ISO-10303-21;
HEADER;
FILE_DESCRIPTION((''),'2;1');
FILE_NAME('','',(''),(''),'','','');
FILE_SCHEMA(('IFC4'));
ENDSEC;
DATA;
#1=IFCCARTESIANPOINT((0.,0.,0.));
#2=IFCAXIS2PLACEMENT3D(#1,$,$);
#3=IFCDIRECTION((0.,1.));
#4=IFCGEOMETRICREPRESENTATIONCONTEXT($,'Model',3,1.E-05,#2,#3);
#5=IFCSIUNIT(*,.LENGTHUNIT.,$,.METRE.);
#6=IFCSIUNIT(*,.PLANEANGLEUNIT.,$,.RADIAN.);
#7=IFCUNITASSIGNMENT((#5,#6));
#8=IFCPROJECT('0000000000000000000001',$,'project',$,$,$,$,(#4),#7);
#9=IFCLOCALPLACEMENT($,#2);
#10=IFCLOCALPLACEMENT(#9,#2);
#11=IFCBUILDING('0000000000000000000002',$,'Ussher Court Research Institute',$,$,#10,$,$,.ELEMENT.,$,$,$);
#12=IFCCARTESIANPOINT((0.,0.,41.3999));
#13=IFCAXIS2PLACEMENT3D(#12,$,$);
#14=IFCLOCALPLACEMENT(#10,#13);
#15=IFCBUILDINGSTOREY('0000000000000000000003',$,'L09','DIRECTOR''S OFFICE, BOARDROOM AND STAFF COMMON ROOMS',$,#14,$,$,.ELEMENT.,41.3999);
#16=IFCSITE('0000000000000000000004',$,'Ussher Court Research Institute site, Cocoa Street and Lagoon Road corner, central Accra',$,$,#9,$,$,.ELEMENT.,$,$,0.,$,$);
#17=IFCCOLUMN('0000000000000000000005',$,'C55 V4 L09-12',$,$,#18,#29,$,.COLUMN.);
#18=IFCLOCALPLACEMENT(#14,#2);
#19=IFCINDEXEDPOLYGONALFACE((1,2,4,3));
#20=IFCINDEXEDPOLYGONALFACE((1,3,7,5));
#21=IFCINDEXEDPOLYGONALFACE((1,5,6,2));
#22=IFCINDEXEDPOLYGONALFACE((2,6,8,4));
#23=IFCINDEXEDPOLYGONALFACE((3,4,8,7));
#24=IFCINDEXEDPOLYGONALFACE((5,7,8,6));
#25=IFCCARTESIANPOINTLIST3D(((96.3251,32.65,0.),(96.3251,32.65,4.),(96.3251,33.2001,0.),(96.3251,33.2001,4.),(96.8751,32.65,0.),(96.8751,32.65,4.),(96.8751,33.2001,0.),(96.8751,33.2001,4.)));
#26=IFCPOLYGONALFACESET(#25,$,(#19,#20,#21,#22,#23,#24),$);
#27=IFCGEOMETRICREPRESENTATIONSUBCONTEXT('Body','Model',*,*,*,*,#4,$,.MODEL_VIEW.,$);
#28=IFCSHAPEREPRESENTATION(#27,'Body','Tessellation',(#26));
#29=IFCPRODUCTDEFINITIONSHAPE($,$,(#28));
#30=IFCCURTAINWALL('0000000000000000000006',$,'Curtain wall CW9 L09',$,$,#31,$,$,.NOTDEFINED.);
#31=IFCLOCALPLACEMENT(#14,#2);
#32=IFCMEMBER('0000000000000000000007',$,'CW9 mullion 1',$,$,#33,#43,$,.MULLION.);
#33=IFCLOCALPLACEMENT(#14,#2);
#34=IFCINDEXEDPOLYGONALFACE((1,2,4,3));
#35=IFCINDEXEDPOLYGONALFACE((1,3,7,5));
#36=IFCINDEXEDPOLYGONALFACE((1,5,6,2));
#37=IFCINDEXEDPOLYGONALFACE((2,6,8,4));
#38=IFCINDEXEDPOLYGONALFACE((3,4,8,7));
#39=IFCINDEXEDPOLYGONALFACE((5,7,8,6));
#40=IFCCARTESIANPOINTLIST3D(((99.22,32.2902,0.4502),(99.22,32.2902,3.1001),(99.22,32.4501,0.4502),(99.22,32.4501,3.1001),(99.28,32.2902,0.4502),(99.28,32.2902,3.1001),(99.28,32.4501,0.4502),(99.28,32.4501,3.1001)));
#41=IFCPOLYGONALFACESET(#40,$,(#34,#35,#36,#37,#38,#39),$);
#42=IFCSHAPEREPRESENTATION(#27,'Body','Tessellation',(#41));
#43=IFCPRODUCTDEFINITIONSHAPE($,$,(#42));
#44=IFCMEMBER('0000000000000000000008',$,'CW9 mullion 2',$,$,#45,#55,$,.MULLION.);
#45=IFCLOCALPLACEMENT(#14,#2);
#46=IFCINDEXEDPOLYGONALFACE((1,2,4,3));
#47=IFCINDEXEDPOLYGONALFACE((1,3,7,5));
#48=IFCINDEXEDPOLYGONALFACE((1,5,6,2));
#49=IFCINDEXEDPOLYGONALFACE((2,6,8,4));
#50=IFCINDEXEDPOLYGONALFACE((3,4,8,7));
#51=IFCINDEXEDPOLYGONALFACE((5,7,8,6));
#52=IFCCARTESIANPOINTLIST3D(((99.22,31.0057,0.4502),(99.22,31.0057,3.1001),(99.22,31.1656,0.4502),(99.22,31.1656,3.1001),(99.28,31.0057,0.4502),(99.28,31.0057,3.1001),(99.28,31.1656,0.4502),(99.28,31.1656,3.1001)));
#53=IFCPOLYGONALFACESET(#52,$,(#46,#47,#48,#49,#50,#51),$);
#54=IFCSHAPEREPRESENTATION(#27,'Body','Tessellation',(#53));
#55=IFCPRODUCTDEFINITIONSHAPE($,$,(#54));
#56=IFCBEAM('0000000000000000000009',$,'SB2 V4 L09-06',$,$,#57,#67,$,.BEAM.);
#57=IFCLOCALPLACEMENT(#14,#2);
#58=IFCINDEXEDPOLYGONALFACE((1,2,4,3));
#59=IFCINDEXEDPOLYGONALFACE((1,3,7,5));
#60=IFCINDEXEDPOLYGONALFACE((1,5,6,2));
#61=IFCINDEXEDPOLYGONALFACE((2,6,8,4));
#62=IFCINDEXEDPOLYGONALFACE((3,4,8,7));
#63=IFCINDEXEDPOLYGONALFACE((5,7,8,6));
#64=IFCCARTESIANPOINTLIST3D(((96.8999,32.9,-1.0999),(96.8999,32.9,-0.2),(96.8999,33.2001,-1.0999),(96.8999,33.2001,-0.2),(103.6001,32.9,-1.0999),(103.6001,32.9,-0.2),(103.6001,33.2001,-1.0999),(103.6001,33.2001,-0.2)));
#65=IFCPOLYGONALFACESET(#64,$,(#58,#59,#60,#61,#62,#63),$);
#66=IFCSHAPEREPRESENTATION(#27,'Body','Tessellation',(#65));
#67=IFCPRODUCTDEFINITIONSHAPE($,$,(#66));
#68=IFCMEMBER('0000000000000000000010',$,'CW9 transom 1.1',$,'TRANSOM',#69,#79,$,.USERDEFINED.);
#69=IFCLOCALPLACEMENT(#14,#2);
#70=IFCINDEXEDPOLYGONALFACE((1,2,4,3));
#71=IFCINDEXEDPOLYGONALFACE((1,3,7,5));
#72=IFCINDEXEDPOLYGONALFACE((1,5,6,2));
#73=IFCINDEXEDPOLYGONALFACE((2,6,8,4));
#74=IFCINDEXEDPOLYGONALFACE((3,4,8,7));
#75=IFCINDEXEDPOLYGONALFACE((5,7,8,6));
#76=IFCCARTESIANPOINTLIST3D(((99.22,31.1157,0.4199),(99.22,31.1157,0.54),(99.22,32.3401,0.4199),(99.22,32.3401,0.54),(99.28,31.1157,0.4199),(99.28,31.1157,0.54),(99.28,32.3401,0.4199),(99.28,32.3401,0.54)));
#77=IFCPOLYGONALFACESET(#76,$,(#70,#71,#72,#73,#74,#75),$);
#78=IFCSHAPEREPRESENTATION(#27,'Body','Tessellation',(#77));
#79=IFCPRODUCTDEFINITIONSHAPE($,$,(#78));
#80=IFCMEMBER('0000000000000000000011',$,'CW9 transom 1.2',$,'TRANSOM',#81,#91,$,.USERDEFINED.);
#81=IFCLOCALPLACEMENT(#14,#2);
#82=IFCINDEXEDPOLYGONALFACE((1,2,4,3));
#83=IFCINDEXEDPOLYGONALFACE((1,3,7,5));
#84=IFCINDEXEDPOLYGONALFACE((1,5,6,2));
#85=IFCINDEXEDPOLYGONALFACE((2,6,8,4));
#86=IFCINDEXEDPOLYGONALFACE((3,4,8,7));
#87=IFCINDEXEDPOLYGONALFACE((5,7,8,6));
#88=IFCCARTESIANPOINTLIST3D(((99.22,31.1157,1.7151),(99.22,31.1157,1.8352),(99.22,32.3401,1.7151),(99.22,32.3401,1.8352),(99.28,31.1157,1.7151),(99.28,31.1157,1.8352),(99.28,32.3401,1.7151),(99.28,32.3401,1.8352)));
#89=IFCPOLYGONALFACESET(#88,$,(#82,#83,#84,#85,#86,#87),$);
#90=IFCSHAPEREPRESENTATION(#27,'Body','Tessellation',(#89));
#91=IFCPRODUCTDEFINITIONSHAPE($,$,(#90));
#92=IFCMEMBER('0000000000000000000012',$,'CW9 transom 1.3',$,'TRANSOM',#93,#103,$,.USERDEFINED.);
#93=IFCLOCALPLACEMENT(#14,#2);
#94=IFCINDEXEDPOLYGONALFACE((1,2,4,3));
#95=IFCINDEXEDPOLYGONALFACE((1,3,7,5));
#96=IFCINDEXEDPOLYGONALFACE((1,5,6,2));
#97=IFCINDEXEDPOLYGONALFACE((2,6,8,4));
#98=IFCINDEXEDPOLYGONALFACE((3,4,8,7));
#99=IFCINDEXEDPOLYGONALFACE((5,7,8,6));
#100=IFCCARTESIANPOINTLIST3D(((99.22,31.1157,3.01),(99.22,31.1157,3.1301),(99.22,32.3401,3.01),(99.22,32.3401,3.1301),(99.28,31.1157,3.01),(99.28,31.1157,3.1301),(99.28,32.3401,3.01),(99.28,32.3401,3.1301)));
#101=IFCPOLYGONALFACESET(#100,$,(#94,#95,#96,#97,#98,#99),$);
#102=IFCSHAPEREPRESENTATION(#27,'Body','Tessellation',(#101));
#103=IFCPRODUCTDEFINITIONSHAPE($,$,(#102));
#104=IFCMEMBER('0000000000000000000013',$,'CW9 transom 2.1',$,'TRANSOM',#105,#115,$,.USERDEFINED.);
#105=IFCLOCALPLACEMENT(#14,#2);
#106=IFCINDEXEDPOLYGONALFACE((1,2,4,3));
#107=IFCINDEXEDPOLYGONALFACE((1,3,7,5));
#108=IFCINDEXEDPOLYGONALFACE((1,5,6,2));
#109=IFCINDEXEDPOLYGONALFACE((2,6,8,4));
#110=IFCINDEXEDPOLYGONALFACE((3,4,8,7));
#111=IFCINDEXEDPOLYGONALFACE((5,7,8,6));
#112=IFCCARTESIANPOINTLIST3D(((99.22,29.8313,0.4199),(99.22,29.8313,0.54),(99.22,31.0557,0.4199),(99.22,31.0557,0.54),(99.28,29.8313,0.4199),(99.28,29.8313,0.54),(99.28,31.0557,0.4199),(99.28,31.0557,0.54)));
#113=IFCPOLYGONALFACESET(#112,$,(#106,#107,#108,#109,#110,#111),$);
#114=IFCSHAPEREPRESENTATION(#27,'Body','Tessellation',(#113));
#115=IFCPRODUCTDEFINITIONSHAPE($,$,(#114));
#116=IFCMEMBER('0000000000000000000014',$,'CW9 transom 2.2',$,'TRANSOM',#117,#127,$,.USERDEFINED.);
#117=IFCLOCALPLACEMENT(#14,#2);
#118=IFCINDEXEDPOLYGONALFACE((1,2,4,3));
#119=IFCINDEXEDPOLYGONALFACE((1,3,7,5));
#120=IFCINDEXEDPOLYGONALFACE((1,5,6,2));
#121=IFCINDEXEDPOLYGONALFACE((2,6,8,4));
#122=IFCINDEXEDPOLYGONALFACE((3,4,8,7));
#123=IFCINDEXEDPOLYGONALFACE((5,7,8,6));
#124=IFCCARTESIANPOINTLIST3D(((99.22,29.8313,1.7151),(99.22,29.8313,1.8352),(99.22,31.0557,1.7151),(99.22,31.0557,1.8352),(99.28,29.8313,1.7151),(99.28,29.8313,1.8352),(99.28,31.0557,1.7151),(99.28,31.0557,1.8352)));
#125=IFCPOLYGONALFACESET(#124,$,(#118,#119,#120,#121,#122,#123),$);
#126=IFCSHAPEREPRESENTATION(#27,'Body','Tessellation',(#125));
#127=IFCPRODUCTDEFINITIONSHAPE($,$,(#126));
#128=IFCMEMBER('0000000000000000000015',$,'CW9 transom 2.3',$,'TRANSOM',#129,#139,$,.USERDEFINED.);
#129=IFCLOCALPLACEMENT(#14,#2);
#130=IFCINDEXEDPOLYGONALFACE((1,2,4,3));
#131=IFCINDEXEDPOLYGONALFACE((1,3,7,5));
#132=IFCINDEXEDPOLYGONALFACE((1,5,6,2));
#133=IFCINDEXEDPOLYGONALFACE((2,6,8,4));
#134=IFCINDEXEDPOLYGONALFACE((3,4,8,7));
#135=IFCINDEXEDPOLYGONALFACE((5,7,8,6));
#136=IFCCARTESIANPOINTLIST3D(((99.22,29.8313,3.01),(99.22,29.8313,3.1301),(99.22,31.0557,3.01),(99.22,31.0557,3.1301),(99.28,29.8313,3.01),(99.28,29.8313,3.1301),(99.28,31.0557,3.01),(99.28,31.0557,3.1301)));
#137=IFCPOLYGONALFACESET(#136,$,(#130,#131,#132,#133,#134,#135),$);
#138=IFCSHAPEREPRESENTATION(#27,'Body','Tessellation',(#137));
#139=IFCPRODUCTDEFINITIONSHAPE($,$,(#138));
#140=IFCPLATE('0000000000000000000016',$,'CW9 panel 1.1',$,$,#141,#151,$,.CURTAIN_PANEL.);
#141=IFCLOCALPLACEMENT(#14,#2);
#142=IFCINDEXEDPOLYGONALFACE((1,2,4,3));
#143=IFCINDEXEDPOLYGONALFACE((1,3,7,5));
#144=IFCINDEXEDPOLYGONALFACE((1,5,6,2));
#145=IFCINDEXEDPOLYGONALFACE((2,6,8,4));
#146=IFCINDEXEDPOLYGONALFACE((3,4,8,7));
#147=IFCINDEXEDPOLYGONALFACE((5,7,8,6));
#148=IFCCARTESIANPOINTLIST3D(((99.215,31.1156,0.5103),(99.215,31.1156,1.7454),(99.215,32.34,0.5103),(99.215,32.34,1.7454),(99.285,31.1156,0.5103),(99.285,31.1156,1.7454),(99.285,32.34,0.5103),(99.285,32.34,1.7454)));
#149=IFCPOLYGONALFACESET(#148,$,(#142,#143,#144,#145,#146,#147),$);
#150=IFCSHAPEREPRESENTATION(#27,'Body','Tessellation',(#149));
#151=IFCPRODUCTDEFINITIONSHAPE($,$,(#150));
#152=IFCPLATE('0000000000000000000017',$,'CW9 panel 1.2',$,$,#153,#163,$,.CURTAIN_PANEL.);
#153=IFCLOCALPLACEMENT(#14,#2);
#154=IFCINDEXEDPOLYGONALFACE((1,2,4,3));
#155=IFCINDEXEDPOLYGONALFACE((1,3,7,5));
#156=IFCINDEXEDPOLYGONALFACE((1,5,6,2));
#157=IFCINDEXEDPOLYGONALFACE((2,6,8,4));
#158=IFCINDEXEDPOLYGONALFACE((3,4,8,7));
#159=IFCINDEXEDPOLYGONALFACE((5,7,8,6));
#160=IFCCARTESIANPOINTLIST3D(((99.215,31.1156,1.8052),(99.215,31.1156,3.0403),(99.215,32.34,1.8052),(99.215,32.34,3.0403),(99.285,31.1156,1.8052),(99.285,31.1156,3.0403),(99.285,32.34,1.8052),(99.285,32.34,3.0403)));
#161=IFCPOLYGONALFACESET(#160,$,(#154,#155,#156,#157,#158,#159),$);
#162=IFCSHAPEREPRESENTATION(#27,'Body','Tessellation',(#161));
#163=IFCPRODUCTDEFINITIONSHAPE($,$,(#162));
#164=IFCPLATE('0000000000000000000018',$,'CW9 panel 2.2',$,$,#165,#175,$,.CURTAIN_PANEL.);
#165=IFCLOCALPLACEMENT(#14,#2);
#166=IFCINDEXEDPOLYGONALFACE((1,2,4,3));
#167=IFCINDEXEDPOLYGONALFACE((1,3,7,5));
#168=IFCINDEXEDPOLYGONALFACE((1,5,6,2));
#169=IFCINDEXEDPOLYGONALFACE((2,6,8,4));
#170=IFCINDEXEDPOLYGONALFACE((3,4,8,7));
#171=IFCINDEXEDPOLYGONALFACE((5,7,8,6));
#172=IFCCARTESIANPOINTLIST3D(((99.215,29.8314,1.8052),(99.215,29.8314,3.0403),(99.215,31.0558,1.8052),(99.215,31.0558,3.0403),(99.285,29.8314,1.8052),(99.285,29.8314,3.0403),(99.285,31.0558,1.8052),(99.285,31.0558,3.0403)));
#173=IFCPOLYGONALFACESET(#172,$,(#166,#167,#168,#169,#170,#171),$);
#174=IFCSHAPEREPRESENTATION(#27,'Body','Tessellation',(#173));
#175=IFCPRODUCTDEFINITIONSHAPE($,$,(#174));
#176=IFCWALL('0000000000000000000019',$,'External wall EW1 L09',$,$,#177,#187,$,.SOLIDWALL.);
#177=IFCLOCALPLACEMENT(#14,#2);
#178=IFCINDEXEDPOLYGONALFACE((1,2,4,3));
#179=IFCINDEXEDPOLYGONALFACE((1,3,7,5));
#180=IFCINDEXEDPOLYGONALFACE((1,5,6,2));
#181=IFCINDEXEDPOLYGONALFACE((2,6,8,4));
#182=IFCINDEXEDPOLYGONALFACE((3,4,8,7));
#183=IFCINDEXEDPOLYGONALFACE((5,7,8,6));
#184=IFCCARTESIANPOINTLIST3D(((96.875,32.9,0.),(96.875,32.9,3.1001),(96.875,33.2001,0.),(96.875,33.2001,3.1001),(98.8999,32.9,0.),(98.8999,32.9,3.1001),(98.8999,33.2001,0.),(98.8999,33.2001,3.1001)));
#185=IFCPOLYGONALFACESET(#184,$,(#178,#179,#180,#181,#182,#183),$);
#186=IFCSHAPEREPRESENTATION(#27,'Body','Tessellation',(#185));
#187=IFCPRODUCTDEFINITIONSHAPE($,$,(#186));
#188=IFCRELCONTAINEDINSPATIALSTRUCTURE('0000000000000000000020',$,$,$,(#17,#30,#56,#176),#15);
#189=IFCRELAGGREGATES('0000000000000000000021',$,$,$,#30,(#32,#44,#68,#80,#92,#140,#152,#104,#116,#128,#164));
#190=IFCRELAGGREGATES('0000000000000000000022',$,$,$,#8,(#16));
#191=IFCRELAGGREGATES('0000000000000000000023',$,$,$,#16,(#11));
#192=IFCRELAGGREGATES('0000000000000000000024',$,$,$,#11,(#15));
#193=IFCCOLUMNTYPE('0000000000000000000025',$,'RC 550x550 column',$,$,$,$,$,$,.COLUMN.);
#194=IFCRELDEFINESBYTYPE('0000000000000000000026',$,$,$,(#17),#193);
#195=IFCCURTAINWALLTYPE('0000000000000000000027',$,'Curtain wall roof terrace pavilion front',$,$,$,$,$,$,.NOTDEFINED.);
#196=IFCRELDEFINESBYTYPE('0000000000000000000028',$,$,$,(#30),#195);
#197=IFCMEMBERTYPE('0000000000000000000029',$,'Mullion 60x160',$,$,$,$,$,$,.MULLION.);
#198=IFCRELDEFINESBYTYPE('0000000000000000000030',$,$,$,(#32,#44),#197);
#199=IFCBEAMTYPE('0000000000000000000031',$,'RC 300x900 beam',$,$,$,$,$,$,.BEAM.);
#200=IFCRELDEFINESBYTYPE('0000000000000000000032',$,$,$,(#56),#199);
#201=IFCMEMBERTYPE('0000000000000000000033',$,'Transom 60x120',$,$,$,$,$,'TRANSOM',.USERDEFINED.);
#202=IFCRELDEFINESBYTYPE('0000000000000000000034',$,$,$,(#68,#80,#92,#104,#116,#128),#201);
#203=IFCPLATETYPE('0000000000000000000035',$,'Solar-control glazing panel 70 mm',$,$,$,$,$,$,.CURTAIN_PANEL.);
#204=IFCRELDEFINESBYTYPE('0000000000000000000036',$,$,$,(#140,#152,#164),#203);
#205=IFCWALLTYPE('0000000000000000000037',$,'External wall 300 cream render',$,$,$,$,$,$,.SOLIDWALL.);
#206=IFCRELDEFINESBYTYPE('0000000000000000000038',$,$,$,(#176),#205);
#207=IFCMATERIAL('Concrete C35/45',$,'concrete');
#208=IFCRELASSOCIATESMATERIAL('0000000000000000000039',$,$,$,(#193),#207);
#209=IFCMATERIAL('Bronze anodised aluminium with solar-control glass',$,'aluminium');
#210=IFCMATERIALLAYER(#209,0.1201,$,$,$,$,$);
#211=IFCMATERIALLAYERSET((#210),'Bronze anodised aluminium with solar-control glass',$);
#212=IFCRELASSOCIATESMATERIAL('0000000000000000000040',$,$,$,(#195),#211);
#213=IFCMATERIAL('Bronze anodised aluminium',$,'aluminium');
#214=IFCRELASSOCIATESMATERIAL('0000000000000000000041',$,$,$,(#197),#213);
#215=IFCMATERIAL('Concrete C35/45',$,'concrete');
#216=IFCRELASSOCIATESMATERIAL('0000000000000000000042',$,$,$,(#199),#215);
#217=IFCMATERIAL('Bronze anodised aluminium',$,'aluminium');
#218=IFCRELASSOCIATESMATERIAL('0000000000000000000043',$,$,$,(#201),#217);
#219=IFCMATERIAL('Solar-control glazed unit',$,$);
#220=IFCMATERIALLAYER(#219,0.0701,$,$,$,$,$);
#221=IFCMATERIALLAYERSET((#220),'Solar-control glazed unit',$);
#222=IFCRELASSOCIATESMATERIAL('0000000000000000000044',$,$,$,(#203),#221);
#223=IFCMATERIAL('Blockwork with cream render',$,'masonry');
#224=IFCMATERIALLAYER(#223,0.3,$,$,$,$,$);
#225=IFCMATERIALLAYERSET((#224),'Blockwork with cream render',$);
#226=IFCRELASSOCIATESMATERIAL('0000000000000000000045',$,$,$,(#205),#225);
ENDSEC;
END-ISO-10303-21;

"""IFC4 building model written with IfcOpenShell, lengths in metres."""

from ifc_helpers import new_model, si_unit, direction, frame, frame_2d, origin, origin_2d, place, context, subcontext, project, spatial, rectangle, extrude, material, layer, layer_set, material_profile, profile_set, type_object, element, aggregate, save


model = new_model("IFC4")

# Units and contexts
model_context = context("Model", 3, precision=1e-05, world=origin(), true_north=direction((0.0, 1.0)))
body_context = subcontext(model_context, "Body", "Model", "MODEL_VIEW")
ifc_project = project(units=[si_unit("LENGTHUNIT", "METRE"), si_unit("PLANEANGLEUNIT", "RADIAN")], contexts=[model_context])

# Site, building, storey
site_placement = place(None, origin())
site = spatial("IfcSite", under=ifc_project, at=site_placement, Name="Ussher Court Research Institute site, Cocoa Street and Lagoon Road corner, central Accra", CompositionType="ELEMENT", RefElevation=0.0)
building_placement = place(site_placement, origin())
building = spatial("IfcBuilding", under=site, at=building_placement, Name="Ussher Court Research Institute", CompositionType="ELEMENT")
storey_placement = place(building_placement, frame((0.0, 0.0, 41.3999)))
storey = spatial("IfcBuildingStorey", under=building, at=storey_placement, Name="L09", Description="DIRECTOR'S OFFICE, BOARDROOM AND STAFF COMMON ROOMS", CompositionType="ELEMENT", Elevation=41.3999)

# Column
ifc_material_1 = material(Name="Concrete C35/45", Category="concrete")
ifc_material_profile_1 = material_profile(ifc_material_1, rectangle(XDim=0.55, YDim=0.55, at=origin_2d()), Name="RC 550x550")
ifc_profile_set_1 = profile_set([ifc_material_profile_1], Name="Concrete C35/45")
column_type = type_object("IfcColumnType", Name="RC 550x550 column", PredefinedType="COLUMN", material=ifc_profile_set_1)
column_placement = place(storey_placement, frame((96.6001, 32.925, 0.0), z_axis=(0.0, 0.0, 1.0), x_axis=(1.0, 0.0, 0.0)))
element("IfcColumn", 1, at=column_placement, inside=storey, type_object=column_type, Name="C55 V4 L09-12", PredefinedType="COLUMN", context=body_context, shape_type="SweptSolid", body=[
    extrude(rectangle(XDim=0.55, YDim=0.55, at=origin_2d()), origin(), (0.0, 0.0, 1.0), 4.0),
])

# Curtain wall, members
ifc_material_2 = material(Name="Bronze anodised aluminium with solar-control glass", Category="aluminium")
ifc_layer_1 = layer(ifc_material_2, 0.1201)
ifc_layer_set_1 = layer_set([ifc_layer_1], Name="Bronze anodised aluminium with solar-control glass")
curtain_wall_type = type_object("IfcCurtainWallType", Name="Curtain wall roof terrace pavilion front", PredefinedType="NOTDEFINED", material=ifc_layer_set_1)
curtain_wall_placement = place(storey_placement, origin())
curtain_wall = element("IfcCurtainWall", 2, at=curtain_wall_placement, inside=storey, type_object=curtain_wall_type, Name="Curtain wall CW9 L09", PredefinedType="NOTDEFINED")
ifc_material_3 = material(Name="Bronze anodised aluminium", Category="aluminium")
ifc_material_profile_2 = material_profile(ifc_material_3, rectangle(XDim=0.0601, YDim=0.1599, at=origin_2d()), Name="Mullion 60x160")
ifc_profile_set_2 = profile_set([ifc_material_profile_2], Name="Bronze anodised aluminium")
member_type_1 = type_object("IfcMemberType", Name="Mullion 60x160", PredefinedType="MULLION", material=ifc_profile_set_2)
member_1_placement = place(storey_placement, frame((99.25, 32.3701, 0.4502), z_axis=(0.0, 0.0, 1.0), x_axis=(1.0, 0.0, 0.0)))
member_1 = element("IfcMember", 3, at=member_1_placement, type_object=member_type_1, Name="CW9 mullion 1", PredefinedType="MULLION", context=body_context, shape_type="SweptSolid", body=[
    extrude(rectangle(XDim=0.0601, YDim=0.1599, at=origin_2d()), origin(), (0.0, 0.0, 1.0), 2.6499),
])
member_2_placement = place(storey_placement, frame((99.25, 31.0857, 0.4502), z_axis=(0.0, 0.0, 1.0), x_axis=(1.0, 0.0, 0.0)))
member_2 = element("IfcMember", 4, at=member_2_placement, type_object=member_type_1, Name="CW9 mullion 2", PredefinedType="MULLION", context=body_context, shape_type="SweptSolid", body=[
    extrude(rectangle(XDim=0.0601, YDim=0.1599, at=origin_2d()), origin(), (0.0, 0.0, 1.0), 2.6499),
])

# Beam
ifc_material_4 = material(Name="Concrete C35/45", Category="concrete")
ifc_material_profile_3 = material_profile(ifc_material_4, rectangle(XDim=0.3, YDim=0.8999, at=origin_2d()), Name="RC 300x900")
ifc_profile_set_3 = profile_set([ifc_material_profile_3], Name="Concrete C35/45")
beam_type = type_object("IfcBeamType", Name="RC 300x900 beam", PredefinedType="BEAM", material=ifc_profile_set_3)
beam_placement = place(storey_placement, frame((96.8999, 33.05, -0.6499), z_axis=(1.0, 0.0, 0.0), x_axis=(0.0, 1.0, 0.0)))
element("IfcBeam", 5, at=beam_placement, inside=storey, type_object=beam_type, Name="SB2 V4 L09-06", PredefinedType="BEAM", context=body_context, shape_type="SweptSolid", body=[
    extrude(rectangle(XDim=0.3, YDim=0.8999, at=origin_2d()), origin(), (0.0, 0.0, 1.0), 6.7002),
])

# Members
ifc_material_5 = material(Name="Bronze anodised aluminium", Category="aluminium")
ifc_material_profile_4 = material_profile(ifc_material_5, rectangle(XDim=0.0601, YDim=0.1201, at=origin_2d()), Name="Transom 60x120")
ifc_profile_set_4 = profile_set([ifc_material_profile_4], Name="Bronze anodised aluminium")
member_type_2 = type_object("IfcMemberType", Name="Transom 60x120", ElementType="TRANSOM", PredefinedType="USERDEFINED", material=ifc_profile_set_4)
member_3_placement = place(storey_placement, frame((99.25, 32.3401, 0.48), z_axis=(0.0, -1.0, 0.0), x_axis=(1.0, 0.0, 0.0)))
member_3 = element("IfcMember", 6, at=member_3_placement, type_object=member_type_2, Name="CW9 transom 1.1", ObjectType="TRANSOM", PredefinedType="USERDEFINED", context=body_context, shape_type="SweptSolid", body=[
    extrude(rectangle(XDim=0.0601, YDim=0.1201, at=origin_2d()), origin(), (0.0, 0.0, 1.0), 1.2244),
])
member_4_placement = place(storey_placement, frame((99.25, 32.3401, 1.7751), z_axis=(0.0, -1.0, 0.0), x_axis=(1.0, 0.0, 0.0)))
member_4 = element("IfcMember", 7, at=member_4_placement, type_object=member_type_2, Name="CW9 transom 1.2", ObjectType="TRANSOM", PredefinedType="USERDEFINED", context=body_context, shape_type="SweptSolid", body=[
    extrude(rectangle(XDim=0.0601, YDim=0.1201, at=origin_2d()), origin(), (0.0, 0.0, 1.0), 1.2244),
])
member_5_placement = place(storey_placement, frame((99.25, 32.3401, 3.0701), z_axis=(0.0, -1.0, 0.0), x_axis=(1.0, 0.0, 0.0)))
member_5 = element("IfcMember", 8, at=member_5_placement, type_object=member_type_2, Name="CW9 transom 1.3", ObjectType="TRANSOM", PredefinedType="USERDEFINED", context=body_context, shape_type="SweptSolid", body=[
    extrude(rectangle(XDim=0.0601, YDim=0.1201, at=origin_2d()), origin(), (0.0, 0.0, 1.0), 1.2244),
])
member_6_placement = place(storey_placement, frame((99.25, 31.0557, 0.48), z_axis=(0.0, -1.0, 0.0), x_axis=(1.0, 0.0, 0.0)))
member_6 = element("IfcMember", 9, at=member_6_placement, type_object=member_type_2, Name="CW9 transom 2.1", ObjectType="TRANSOM", PredefinedType="USERDEFINED", context=body_context, shape_type="SweptSolid", body=[
    extrude(rectangle(XDim=0.0601, YDim=0.1201, at=origin_2d()), origin(), (0.0, 0.0, 1.0), 1.2244),
])
member_7_placement = place(storey_placement, frame((99.25, 31.0557, 1.7751), z_axis=(0.0, -1.0, 0.0), x_axis=(1.0, 0.0, 0.0)))
member_7 = element("IfcMember", 10, at=member_7_placement, type_object=member_type_2, Name="CW9 transom 2.2", ObjectType="TRANSOM", PredefinedType="USERDEFINED", context=body_context, shape_type="SweptSolid", body=[
    extrude(rectangle(XDim=0.0601, YDim=0.1201, at=origin_2d()), origin(), (0.0, 0.0, 1.0), 1.2244),
])
member_8_placement = place(storey_placement, frame((99.25, 31.0557, 3.0701), z_axis=(0.0, -1.0, 0.0), x_axis=(1.0, 0.0, 0.0)))
member_8 = element("IfcMember", 11, at=member_8_placement, type_object=member_type_2, Name="CW9 transom 2.3", ObjectType="TRANSOM", PredefinedType="USERDEFINED", context=body_context, shape_type="SweptSolid", body=[
    extrude(rectangle(XDim=0.0601, YDim=0.1201, at=origin_2d()), origin(), (0.0, 0.0, 1.0), 1.2244),
])

# Plates
ifc_material_6 = material(Name="Solar-control glazed unit")
ifc_layer_2 = layer(ifc_material_6, 0.0701)
ifc_layer_set_2 = layer_set([ifc_layer_2], Name="Solar-control glazed unit")
plate_type = type_object("IfcPlateType", Name="Solar-control glazing panel 70 mm", PredefinedType="CURTAIN_PANEL", material=ifc_layer_set_2)
plate_1_placement = place(storey_placement, frame((99.25, 31.7278, 0.5103), z_axis=(0.0, 0.0, 1.0), x_axis=(0.0, -1.0, 0.0)))
plate_1 = element("IfcPlate", 12, at=plate_1_placement, type_object=plate_type, Name="CW9 panel 1.1", PredefinedType="CURTAIN_PANEL", context=body_context, shape_type="SweptSolid", body=[
    extrude(rectangle(XDim=1.2244, YDim=0.0701, at=origin_2d()), origin(), (0.0, 0.0, 1.0), 1.2351),
])
plate_2_placement = place(storey_placement, frame((99.25, 31.7278, 1.8052), z_axis=(0.0, 0.0, 1.0), x_axis=(0.0, -1.0, 0.0)))
plate_2 = element("IfcPlate", 13, at=plate_2_placement, type_object=plate_type, Name="CW9 panel 1.2", PredefinedType="CURTAIN_PANEL", context=body_context, shape_type="SweptSolid", body=[
    extrude(rectangle(XDim=1.2244, YDim=0.0701, at=origin_2d()), origin(), (0.0, 0.0, 1.0), 1.2351),
])
plate_3_placement = place(storey_placement, frame((99.25, 30.4436, 1.8052), z_axis=(0.0, 0.0, 1.0), x_axis=(0.0, -1.0, 0.0)))
plate_3 = element("IfcPlate", 14, at=plate_3_placement, type_object=plate_type, Name="CW9 panel 2.2", PredefinedType="CURTAIN_PANEL", context=body_context, shape_type="SweptSolid", body=[
    extrude(rectangle(XDim=1.2244, YDim=0.0701, at=origin_2d()), origin(), (0.0, 0.0, 1.0), 1.2351),
])
aggregate(curtain_wall, [member_1, member_2, member_3, member_4, member_5, plate_1, plate_2, member_6, member_7, member_8, plate_3])

# Wall
ifc_material_7 = material(Name="Blockwork with cream render", Category="masonry")
ifc_layer_3 = layer(ifc_material_7, 0.3)
ifc_layer_set_3 = layer_set([ifc_layer_3], Name="Blockwork with cream render")
wall_type_1 = type_object("IfcWallType", Name="External wall 300 cream render", PredefinedType="SOLIDWALL", material=ifc_layer_set_3)
wall_1_placement = place(storey_placement, frame((96.875, 33.05, 0.0), z_axis=(0.0, 0.0, 1.0), x_axis=(1.0, 0.0, 0.0)))
element("IfcWall", 15, at=wall_1_placement, inside=storey, type_object=wall_type_1, Name="External wall EW1 L09", PredefinedType="SOLIDWALL", context=body_context, shape_type="SweptSolid", body=[
    extrude(rectangle(XDim=2.0249, YDim=0.3, at=frame_2d((1.0125, 0.0))), origin(), (0.0, 0.0, 1.0), 3.1001),
])

save(model, "model.ifc")
